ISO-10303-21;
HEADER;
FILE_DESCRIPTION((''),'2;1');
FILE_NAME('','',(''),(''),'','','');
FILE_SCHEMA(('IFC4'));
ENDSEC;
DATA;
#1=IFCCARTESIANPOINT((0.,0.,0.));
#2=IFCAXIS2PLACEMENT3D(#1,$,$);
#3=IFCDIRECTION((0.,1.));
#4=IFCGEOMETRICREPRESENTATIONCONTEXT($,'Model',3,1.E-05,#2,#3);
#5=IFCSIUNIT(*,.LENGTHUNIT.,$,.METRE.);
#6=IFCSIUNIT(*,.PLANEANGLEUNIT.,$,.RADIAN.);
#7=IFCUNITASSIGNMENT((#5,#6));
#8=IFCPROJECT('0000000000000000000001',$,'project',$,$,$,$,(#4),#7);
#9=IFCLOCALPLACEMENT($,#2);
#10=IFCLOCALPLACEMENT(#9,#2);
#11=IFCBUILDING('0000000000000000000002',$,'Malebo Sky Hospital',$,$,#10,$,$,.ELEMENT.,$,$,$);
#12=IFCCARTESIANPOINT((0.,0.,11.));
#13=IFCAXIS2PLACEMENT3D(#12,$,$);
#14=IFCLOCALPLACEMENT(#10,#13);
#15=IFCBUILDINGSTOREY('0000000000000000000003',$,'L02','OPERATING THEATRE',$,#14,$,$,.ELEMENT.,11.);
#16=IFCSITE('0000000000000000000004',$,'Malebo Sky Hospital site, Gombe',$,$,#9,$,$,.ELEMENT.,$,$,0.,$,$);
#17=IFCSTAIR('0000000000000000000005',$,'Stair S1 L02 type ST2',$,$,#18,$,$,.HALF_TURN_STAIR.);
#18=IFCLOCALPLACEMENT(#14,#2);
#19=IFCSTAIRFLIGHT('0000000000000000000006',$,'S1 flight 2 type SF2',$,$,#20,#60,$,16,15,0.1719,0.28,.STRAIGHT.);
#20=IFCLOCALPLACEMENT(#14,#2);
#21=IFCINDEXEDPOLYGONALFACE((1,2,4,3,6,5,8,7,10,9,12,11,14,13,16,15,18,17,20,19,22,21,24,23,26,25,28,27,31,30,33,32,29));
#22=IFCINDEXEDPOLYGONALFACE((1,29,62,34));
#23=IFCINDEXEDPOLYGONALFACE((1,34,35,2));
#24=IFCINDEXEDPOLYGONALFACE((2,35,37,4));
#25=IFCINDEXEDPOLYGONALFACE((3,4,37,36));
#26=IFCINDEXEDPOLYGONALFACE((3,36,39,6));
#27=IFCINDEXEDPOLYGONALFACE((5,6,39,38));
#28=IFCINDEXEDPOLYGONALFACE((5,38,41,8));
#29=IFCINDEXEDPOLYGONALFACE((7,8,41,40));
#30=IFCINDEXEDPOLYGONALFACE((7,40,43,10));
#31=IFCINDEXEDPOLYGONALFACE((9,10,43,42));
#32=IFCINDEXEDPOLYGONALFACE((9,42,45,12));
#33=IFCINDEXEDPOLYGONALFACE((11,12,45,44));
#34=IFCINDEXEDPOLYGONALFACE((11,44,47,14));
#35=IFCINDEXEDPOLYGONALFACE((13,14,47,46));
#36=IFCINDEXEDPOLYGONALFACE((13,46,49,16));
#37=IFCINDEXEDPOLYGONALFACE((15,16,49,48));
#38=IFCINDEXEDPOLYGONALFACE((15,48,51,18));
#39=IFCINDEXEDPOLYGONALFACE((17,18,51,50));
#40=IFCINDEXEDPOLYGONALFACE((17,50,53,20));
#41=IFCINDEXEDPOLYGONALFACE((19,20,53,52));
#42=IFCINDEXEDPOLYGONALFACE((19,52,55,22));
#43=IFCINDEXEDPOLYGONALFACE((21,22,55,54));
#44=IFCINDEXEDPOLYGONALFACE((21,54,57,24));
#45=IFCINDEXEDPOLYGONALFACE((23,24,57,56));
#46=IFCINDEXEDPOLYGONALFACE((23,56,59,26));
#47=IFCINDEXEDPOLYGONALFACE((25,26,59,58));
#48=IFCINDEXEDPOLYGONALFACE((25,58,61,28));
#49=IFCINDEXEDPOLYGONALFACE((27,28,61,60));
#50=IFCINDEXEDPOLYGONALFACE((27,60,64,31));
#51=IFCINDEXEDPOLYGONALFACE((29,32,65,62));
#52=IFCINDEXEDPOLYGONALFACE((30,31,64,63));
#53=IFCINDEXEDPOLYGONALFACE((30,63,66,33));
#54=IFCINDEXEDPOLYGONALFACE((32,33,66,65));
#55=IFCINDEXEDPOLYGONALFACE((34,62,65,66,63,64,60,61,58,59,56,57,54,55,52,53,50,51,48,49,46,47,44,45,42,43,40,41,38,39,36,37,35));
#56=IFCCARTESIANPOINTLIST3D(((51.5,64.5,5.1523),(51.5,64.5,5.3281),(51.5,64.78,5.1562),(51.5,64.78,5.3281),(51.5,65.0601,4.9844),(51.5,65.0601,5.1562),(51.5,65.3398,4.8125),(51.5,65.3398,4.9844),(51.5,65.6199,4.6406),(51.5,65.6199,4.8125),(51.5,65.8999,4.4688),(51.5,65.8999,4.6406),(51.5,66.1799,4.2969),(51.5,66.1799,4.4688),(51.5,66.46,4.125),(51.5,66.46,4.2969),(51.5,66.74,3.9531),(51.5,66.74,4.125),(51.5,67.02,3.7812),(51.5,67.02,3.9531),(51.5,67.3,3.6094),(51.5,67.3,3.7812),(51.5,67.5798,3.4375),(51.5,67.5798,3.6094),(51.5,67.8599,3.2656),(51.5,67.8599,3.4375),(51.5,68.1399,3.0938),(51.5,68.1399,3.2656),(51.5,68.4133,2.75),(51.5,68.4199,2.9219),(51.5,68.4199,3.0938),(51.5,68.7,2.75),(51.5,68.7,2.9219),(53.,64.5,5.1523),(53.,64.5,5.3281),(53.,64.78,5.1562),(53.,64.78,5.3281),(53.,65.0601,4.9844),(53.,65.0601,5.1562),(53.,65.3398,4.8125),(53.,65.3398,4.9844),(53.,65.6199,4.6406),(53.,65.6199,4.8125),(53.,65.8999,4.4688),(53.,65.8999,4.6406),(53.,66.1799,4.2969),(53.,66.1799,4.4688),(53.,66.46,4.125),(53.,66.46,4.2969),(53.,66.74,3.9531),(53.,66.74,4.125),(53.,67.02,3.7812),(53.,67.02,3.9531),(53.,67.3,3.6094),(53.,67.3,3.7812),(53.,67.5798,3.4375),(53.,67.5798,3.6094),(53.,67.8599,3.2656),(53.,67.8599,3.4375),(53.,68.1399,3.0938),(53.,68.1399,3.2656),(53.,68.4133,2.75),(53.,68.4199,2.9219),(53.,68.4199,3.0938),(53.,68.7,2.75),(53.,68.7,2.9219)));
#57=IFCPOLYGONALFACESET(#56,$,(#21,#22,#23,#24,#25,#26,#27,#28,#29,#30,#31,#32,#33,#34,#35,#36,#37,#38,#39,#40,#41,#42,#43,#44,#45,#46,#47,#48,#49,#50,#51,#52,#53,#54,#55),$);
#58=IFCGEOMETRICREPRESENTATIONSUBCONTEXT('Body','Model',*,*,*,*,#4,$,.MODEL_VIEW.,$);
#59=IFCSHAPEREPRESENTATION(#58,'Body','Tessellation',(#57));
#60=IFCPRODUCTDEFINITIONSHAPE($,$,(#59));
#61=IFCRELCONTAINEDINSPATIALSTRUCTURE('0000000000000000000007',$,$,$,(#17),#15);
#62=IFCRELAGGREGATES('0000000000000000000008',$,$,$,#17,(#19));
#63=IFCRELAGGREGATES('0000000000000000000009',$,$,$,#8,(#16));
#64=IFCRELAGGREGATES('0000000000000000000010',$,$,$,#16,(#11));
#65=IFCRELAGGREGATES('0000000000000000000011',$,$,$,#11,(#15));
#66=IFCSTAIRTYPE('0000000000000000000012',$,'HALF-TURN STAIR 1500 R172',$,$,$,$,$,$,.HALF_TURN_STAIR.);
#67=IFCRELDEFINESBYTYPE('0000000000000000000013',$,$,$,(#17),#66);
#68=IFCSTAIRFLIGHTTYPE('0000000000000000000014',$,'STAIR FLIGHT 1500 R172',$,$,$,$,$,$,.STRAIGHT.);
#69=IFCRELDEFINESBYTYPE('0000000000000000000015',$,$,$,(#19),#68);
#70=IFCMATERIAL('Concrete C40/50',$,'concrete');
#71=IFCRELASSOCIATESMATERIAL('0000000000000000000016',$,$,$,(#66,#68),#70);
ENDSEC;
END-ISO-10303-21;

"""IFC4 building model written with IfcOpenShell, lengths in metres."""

from ifc_helpers import new_model, si_unit, direction, frame, origin, place, context, subcontext, project, spatial, polyline, outline, extrude, material, type_object, element, aggregate, save


model = new_model("IFC4")

# Units and contexts
model_context = context("Model", 3, precision=1e-05, world=origin(), true_north=direction((0.0, 1.0)))
body_context = subcontext(model_context, "Body", "Model", "MODEL_VIEW")
ifc_project = project(units=[si_unit("LENGTHUNIT", "METRE"), si_unit("PLANEANGLEUNIT", "RADIAN")], contexts=[model_context])

# Site, building, storey
site_placement = place(None, origin())
site = spatial("IfcSite", under=ifc_project, at=site_placement, Name="Malebo Sky Hospital site, Gombe", CompositionType="ELEMENT", RefElevation=0.0)
building_placement = place(site_placement, origin())
building = spatial("IfcBuilding", under=site, at=building_placement, Name="Malebo Sky Hospital", CompositionType="ELEMENT")
storey_placement = place(building_placement, frame((0.0, 0.0, 11.0)))
storey = spatial("IfcBuildingStorey", under=building, at=storey_placement, Name="L02", Description="OPERATING THEATRE", CompositionType="ELEMENT", Elevation=11.0)

# Stair, stair flight
ifc_material_1 = material(Name="Concrete C40/50", Category="concrete")
stair_type = type_object("IfcStairType", Name="HALF-TURN STAIR 1500 R172", PredefinedType="HALF_TURN_STAIR", material=ifc_material_1)
stair_placement = place(storey_placement, origin())
stair = element("IfcStair", 1, at=stair_placement, inside=storey, type_object=stair_type, Name="Stair S1 L02 type ST2", PredefinedType="HALF_TURN_STAIR")
stair_flight_type = type_object("IfcStairFlightType", Name="STAIR FLIGHT 1500 R172", PredefinedType="STRAIGHT", material=ifc_material_1)
stair_flight_1_placement = place(storey_placement, frame((52.25, 68.7, 2.75), z_axis=(0.0, 0.0, 1.0), x_axis=(0.0, -1.0, 0.0)))
stair_flight_1 = element("IfcStairFlight", 2, at=stair_flight_1_placement, type_object=stair_flight_type, Name="S1 flight 2 type SF2", NumberOfRisers=16, NumberOfTreads=15, PredefinedType="STRAIGHT", RiserHeight=0.1719, TreadLength=0.28, context=body_context, shape_type="SweptSolid", body=[
    extrude(outline(polyline([(0.0, 0.0), (0.0, 0.1719), (0.28, 0.1719), (0.28, 0.3438), (0.5601, 0.3438), (0.5601, 0.5156), (0.8401, 0.5156), (0.8401, 0.6875), (1.1201, 0.6875), (1.1201, 0.8594), (1.3999, 0.8594), (1.3999, 1.0312), (1.6799, 1.0312), (1.6799, 1.2031), (1.96, 1.2031), (1.96, 1.375), (2.24, 1.375), (2.24, 1.5469), (2.52, 1.5469), (2.52, 1.7188), (2.8, 1.7188), (2.8, 1.8906), (3.0801, 1.8906), (3.0801, 2.0625), (3.3601, 2.0625), (3.3601, 2.2344), (3.6399, 2.2344), (3.6399, 2.4062), (3.9199, 2.4062), (3.9199, 2.5781), (4.2, 2.5781), (4.2, 2.75), (4.2, 2.4023), (0.2866, 0.0), (0.0, 0.0)])), frame((0.0, 0.75, 0.0), z_axis=(0.0, -1.0, 0.0), x_axis=(1.0, 0.0, 0.0)), (0.0, 0.0, 1.0), 1.5),
])
aggregate(stair, [stair_flight_1])

save(model, "model.ifc")
